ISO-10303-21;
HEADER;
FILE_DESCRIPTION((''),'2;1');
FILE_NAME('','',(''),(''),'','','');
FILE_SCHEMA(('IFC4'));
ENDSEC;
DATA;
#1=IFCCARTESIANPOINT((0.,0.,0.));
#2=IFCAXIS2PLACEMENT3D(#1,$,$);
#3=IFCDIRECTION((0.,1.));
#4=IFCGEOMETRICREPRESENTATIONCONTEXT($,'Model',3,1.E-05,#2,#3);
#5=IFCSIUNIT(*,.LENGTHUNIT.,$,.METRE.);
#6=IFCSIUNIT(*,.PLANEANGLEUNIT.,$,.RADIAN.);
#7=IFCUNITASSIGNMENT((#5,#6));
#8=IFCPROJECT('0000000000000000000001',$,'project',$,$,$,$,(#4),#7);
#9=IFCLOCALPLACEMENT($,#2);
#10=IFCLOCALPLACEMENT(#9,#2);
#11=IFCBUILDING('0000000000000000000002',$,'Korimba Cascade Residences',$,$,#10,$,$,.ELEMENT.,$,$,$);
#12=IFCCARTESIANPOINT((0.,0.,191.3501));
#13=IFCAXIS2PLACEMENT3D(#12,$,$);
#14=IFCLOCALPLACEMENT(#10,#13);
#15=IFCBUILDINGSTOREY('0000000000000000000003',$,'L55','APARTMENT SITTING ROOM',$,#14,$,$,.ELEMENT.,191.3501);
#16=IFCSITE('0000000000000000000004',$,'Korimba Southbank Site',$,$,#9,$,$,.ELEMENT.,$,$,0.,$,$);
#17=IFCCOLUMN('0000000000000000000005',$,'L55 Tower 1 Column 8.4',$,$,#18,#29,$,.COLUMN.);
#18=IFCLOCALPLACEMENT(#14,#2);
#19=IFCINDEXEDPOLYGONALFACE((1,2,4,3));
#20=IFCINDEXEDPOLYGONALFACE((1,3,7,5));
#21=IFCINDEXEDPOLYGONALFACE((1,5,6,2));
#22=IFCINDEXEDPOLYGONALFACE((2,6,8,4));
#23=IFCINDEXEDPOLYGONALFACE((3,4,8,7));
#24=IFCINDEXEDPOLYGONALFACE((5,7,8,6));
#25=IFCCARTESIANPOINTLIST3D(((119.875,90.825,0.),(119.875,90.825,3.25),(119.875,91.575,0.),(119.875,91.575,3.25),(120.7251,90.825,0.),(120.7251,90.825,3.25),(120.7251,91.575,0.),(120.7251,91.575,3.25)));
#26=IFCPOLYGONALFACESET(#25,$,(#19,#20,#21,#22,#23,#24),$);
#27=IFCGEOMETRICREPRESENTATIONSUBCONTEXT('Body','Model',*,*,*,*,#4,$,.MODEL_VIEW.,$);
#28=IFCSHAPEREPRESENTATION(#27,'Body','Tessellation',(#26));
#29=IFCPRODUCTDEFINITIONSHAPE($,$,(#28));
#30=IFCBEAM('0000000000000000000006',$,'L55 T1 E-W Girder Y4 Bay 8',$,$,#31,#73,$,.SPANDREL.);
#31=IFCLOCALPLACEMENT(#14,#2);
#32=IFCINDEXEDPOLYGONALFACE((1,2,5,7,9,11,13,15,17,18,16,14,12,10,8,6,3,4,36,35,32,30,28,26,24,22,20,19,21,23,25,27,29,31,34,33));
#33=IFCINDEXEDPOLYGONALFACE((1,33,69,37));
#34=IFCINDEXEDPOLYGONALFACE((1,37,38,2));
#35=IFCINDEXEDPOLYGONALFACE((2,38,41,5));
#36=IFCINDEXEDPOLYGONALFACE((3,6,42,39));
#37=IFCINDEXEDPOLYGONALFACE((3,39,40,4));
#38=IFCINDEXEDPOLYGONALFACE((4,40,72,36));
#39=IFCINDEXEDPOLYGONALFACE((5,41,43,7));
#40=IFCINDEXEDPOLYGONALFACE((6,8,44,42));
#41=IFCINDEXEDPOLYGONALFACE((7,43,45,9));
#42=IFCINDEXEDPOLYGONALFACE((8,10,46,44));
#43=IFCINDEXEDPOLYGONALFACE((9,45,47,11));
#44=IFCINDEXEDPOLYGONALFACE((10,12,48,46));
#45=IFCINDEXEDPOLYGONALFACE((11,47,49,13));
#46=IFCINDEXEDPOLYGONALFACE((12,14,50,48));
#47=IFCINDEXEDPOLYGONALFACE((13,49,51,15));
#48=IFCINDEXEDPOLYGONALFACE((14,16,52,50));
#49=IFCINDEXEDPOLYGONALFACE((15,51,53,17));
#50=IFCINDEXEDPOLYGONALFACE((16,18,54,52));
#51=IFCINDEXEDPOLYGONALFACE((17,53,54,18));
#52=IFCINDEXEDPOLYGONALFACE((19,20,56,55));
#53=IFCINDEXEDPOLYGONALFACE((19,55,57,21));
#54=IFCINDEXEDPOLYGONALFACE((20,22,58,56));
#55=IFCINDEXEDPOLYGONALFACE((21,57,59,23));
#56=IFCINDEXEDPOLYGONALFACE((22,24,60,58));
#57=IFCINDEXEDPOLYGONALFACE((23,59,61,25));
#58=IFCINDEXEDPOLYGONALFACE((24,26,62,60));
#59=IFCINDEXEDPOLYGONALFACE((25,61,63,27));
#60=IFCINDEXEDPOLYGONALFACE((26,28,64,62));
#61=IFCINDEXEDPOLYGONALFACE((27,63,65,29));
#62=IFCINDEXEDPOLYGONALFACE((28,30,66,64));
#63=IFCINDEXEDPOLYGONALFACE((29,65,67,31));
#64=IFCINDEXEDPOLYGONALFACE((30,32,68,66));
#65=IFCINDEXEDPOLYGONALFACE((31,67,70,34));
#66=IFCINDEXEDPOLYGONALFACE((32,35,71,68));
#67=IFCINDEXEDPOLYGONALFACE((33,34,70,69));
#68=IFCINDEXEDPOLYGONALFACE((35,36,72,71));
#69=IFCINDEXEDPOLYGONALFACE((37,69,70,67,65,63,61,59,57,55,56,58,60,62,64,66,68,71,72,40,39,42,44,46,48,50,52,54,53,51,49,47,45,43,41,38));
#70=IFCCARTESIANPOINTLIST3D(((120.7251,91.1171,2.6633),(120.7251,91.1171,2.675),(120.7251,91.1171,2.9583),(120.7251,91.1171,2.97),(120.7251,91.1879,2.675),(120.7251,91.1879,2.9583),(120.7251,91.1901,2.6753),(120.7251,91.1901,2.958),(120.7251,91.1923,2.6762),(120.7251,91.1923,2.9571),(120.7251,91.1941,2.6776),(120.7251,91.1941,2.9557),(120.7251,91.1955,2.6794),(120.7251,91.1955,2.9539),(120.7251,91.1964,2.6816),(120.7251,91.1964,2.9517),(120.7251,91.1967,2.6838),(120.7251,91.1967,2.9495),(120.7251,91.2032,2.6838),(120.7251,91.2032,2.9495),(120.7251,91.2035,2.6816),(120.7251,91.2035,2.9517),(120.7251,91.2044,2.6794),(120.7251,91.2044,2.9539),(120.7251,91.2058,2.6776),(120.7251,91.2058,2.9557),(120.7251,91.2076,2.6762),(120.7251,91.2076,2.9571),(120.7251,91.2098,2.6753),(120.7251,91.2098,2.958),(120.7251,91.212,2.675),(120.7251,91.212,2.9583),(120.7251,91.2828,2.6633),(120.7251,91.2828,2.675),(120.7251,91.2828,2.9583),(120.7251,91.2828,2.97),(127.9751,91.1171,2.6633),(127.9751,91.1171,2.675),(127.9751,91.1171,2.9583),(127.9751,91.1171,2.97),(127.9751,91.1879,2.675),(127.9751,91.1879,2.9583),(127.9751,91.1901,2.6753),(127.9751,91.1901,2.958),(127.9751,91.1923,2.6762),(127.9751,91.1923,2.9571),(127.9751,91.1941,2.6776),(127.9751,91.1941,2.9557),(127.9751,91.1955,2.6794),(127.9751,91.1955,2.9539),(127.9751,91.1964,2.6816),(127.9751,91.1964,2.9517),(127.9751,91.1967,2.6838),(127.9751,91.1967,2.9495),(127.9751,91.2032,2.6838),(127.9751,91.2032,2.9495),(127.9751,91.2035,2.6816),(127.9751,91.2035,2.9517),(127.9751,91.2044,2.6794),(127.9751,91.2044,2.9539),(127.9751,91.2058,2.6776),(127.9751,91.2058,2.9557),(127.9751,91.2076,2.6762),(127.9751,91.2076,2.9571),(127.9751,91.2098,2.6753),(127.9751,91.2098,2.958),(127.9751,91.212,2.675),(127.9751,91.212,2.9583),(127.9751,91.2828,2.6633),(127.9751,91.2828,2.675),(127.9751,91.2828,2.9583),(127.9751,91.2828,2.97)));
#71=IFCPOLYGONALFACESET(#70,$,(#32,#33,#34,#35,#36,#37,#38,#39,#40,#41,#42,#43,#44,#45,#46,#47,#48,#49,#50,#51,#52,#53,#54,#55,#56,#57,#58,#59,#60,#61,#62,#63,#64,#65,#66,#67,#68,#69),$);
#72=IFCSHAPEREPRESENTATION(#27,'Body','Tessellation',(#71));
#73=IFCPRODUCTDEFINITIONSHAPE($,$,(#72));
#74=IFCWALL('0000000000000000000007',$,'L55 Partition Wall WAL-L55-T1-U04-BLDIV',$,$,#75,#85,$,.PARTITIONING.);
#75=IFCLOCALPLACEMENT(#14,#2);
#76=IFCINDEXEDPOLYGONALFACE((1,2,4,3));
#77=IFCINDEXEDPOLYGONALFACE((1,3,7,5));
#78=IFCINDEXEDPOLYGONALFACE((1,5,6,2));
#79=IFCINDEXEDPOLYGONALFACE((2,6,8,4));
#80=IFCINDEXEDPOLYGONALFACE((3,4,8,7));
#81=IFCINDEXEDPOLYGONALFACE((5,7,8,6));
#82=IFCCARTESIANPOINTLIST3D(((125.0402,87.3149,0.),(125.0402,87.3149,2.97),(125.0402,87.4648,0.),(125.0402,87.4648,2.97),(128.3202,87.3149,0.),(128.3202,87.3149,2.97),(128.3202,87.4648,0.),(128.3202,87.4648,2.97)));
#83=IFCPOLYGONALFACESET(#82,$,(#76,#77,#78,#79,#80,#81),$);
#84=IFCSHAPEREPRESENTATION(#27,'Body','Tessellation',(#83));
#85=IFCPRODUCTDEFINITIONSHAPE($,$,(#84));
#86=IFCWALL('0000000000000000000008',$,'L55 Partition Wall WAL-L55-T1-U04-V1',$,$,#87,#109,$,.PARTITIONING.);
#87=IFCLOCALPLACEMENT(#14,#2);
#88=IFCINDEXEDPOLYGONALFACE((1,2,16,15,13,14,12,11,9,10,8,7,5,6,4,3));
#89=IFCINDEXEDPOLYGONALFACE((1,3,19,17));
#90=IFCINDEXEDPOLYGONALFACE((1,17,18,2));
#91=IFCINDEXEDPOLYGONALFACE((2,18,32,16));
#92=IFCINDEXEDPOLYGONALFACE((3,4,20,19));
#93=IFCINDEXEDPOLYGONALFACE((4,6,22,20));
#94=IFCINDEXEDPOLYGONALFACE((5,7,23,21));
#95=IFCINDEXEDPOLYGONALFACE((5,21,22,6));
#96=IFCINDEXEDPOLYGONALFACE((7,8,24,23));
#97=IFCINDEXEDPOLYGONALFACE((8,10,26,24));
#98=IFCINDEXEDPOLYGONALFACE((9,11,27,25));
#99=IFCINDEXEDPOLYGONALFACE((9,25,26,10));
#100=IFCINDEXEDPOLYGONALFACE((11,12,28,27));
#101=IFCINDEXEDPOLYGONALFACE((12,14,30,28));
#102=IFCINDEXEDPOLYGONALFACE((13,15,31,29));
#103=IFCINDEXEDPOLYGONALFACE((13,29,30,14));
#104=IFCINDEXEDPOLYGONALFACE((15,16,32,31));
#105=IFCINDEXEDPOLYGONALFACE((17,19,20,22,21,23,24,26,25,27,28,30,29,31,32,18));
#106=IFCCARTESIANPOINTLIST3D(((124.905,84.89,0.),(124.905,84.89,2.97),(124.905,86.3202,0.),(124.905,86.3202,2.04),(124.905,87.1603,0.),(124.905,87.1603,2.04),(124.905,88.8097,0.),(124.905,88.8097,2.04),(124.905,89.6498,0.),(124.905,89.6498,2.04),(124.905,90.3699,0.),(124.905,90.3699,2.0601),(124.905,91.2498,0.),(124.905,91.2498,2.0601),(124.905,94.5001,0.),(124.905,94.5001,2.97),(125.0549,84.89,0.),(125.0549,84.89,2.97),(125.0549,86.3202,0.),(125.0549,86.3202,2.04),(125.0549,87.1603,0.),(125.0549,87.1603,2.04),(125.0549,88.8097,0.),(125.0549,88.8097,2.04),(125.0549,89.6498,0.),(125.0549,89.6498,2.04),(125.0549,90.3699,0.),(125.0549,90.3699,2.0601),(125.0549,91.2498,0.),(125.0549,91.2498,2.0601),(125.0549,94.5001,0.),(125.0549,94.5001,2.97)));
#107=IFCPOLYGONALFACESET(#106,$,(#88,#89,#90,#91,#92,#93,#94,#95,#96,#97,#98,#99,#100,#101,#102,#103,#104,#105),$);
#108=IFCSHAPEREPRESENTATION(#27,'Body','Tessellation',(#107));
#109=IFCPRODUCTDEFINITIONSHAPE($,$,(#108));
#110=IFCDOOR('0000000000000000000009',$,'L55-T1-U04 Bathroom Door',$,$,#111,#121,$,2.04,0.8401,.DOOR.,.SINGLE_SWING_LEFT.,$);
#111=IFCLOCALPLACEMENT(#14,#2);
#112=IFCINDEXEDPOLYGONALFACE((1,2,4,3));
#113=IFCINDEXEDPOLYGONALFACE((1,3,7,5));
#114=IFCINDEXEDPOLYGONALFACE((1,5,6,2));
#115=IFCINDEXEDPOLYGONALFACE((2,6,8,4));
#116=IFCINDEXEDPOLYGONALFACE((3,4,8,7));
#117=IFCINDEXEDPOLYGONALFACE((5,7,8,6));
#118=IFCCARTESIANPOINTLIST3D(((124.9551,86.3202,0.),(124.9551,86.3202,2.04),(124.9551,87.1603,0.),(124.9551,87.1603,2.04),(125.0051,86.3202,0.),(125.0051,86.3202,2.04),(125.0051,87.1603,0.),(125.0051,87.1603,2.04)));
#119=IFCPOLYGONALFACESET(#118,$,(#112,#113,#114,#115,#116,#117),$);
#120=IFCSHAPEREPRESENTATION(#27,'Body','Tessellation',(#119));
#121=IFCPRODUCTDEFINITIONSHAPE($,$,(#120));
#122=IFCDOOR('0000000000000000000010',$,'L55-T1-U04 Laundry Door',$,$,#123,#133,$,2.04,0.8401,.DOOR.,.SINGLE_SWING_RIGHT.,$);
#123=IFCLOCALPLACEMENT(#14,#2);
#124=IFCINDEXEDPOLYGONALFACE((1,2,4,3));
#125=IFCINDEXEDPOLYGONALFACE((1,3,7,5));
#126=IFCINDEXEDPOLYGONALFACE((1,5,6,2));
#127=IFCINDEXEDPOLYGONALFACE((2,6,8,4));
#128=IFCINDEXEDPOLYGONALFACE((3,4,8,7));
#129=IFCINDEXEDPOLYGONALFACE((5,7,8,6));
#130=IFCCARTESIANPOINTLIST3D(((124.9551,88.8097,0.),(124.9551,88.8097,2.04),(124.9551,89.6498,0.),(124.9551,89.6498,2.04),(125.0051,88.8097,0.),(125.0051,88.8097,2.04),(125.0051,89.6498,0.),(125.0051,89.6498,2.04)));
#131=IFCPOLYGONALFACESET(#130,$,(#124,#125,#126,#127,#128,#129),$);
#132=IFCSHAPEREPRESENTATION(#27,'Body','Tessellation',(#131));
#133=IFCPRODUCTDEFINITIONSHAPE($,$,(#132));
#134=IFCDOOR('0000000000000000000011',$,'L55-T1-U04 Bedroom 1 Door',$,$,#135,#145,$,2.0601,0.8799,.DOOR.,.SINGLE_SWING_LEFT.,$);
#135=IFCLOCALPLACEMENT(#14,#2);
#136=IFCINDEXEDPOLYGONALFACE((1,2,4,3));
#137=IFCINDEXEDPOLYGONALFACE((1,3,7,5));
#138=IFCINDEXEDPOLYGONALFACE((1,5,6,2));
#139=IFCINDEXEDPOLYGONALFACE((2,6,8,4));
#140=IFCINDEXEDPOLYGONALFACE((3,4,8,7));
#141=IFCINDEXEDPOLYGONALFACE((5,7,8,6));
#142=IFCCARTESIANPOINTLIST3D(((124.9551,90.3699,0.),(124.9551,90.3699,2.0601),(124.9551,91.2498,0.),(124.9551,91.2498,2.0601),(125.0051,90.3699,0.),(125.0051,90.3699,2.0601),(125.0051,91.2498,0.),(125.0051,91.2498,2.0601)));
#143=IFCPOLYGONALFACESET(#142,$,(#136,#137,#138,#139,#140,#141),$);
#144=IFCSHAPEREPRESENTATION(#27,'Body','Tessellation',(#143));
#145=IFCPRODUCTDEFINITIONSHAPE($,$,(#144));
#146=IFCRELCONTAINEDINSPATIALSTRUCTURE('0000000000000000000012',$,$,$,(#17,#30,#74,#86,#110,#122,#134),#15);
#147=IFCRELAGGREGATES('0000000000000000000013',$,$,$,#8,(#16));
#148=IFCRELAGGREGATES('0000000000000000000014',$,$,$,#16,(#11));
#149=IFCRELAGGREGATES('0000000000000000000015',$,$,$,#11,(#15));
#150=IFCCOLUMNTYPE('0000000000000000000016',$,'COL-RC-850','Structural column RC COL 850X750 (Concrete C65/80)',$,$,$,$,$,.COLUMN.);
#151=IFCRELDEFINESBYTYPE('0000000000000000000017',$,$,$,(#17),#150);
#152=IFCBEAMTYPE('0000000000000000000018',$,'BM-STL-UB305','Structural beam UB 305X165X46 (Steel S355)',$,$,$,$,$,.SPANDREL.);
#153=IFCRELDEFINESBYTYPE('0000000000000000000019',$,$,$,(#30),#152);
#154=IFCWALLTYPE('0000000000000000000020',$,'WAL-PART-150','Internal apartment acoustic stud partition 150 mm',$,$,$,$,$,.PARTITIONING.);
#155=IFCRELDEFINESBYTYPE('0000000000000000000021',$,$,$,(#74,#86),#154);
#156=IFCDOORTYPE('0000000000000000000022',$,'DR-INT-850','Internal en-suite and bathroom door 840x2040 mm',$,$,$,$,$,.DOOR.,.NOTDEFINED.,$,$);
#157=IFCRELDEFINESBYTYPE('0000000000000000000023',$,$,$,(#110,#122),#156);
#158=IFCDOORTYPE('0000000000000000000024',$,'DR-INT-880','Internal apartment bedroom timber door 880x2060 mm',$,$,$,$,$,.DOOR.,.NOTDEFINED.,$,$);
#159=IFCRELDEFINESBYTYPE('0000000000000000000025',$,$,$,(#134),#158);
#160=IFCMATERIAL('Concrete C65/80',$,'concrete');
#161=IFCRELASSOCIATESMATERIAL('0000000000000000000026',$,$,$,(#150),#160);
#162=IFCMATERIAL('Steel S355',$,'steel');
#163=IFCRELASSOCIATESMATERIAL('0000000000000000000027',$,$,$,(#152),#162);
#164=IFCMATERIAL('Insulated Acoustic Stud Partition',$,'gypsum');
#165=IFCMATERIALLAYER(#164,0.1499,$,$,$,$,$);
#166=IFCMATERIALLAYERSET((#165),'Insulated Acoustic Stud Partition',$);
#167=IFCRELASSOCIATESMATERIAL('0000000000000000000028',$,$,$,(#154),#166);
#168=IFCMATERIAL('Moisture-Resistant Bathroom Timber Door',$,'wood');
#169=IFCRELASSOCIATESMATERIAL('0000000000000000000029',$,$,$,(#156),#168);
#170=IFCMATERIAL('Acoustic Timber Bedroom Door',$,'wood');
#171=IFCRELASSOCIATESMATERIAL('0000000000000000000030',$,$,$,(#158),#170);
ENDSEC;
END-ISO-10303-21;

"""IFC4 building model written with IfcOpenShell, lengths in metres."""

from ifc_helpers import new_model, si_unit, direction, frame, frame_2d, origin, origin_2d, place, context, subcontext, project, spatial, rectangle, i_section, extrude, material, layer, layer_set, material_profile, profile_set, type_object, element, fill, save


model = new_model("IFC4")

# Units and contexts
model_context = context("Model", 3, precision=1e-05, world=origin(), true_north=direction((0.0, 1.0)))
body_context = subcontext(model_context, "Body", "Model", "MODEL_VIEW")
ifc_project = project(units=[si_unit("LENGTHUNIT", "METRE"), si_unit("PLANEANGLEUNIT", "RADIAN")], contexts=[model_context])

# Site, building, storey
site_placement = place(None, origin())
site = spatial("IfcSite", under=ifc_project, at=site_placement, Name="Korimba Southbank Site", CompositionType="ELEMENT", RefElevation=0.0)
building_placement = place(site_placement, origin())
building = spatial("IfcBuilding", under=site, at=building_placement, Name="Korimba Cascade Residences", CompositionType="ELEMENT")
storey_placement = place(building_placement, frame((0.0, 0.0, 191.3501)))
storey = spatial("IfcBuildingStorey", under=building, at=storey_placement, Name="L55", Description="APARTMENT SITTING ROOM", CompositionType="ELEMENT", Elevation=191.3501)

# Column
ifc_material_1 = material(Name="Concrete C65/80", Category="concrete")
ifc_material_profile_1 = material_profile(ifc_material_1, rectangle(XDim=0.8501, YDim=0.75, at=origin_2d()), Name="Concrete C65/80")
ifc_profile_set_1 = profile_set([ifc_material_profile_1], Name="Concrete C65/80")
column_type = type_object("IfcColumnType", Name="COL-RC-850", Description="Structural column RC COL 850X750 (Concrete C65/80)", PredefinedType="COLUMN", material=ifc_profile_set_1)
column_placement = place(storey_placement, frame((120.3, 91.2, 0.0), z_axis=(0.0, 0.0, 1.0), x_axis=(1.0, 0.0, 0.0)))
element("IfcColumn", 1, at=column_placement, inside=storey, type_object=column_type, Name="L55 Tower 1 Column 8.4", PredefinedType="COLUMN", context=body_context, shape_type="SweptSolid", body=[
    extrude(rectangle(XDim=0.8501, YDim=0.75, at=origin_2d()), origin(), (0.0, 0.0, 1.0), 3.25),
])

# Beam
ifc_material_2 = material(Name="Steel S355", Category="steel")
ifc_material_profile_2 = material_profile(ifc_material_2, i_section(OverallWidth=0.1658, OverallDepth=0.3066, WebThickness=0.0066, FlangeThickness=0.0117, FilletRadius=0.0088, at=origin_2d()), Name="Steel S355")
ifc_profile_set_2 = profile_set([ifc_material_profile_2], Name="Steel S355")
beam_type = type_object("IfcBeamType", Name="BM-STL-UB305", Description="Structural beam UB 305X165X46 (Steel S355)", PredefinedType="SPANDREL", material=ifc_profile_set_2)
beam_placement = place(storey_placement, frame((120.7251, 91.2, 2.8167), z_axis=(1.0, 0.0, 0.0), x_axis=(0.0, 1.0, 0.0)))
element("IfcBeam", 2, at=beam_placement, inside=storey, type_object=beam_type, Name="L55 T1 E-W Girder Y4 Bay 8", PredefinedType="SPANDREL", context=body_context, shape_type="SweptSolid", body=[
    extrude(i_section(OverallWidth=0.1658, OverallDepth=0.3066, WebThickness=0.0066, FlangeThickness=0.0117, FilletRadius=0.0088, at=origin_2d()), origin(), (0.0, 0.0, 1.0), 7.25),
])

# Wall
ifc_material_3 = material(Name="Insulated Acoustic Stud Partition", Category="gypsum")
ifc_layer = layer(ifc_material_3, 0.1499)
ifc_layer_set = layer_set([ifc_layer], Name="Insulated Acoustic Stud Partition")
wall_type = type_object("IfcWallType", Name="WAL-PART-150", Description="Internal apartment acoustic stud partition 150 mm", PredefinedType="PARTITIONING", material=ifc_layer_set)
wall_1_placement = place(storey_placement, frame((125.04, 87.3899, 0.0), z_axis=(0.0, 0.0, 1.0), x_axis=(1.0, 0.0, 0.0)))
element("IfcWall", 3, at=wall_1_placement, inside=storey, type_object=wall_type, Name="L55 Partition Wall WAL-L55-T1-U04-BLDIV", PredefinedType="PARTITIONING", context=body_context, shape_type="SweptSolid", body=[
    extrude(rectangle(XDim=3.28, YDim=0.1499, at=frame_2d((1.6401, 0.0))), origin(), (0.0, 0.0, 1.0), 2.97),
])

# Wall, openings, doors
wall_2_placement = place(storey_placement, frame((124.98, 84.8899, 0.0), z_axis=(0.0, 0.0, 1.0), x_axis=(0.0, 1.0, 0.0)))
wall_2 = element("IfcWall", 4, at=wall_2_placement, inside=storey, type_object=wall_type, Name="L55 Partition Wall WAL-L55-T1-U04-V1", PredefinedType="PARTITIONING", context=body_context, shape_type="SweptSolid", body=[
    extrude(rectangle(XDim=9.6101, YDim=0.1499, at=frame_2d((4.8052, 0.0))), origin(), (0.0, 0.0, 1.0), 2.97),
])
opening_1_placement = place(wall_2_placement, frame((1.4304, 0.0, 0.0)))
opening_1 = element("IfcOpeningElement", 5, at=opening_1_placement, cuts=wall_2, PredefinedType="OPENING", context=body_context, shape_type="SweptSolid", body=[
    extrude(rectangle(XDim=0.8401, YDim=2.04, at=frame_2d((0.4199, 1.02))), frame((0.0, 0.085, 0.0), z_axis=(0.0, -1.0, 0.0), x_axis=(1.0, 0.0, 0.0)), (0.0, 0.0, 1.0), 0.1699),
])
opening_2_placement = place(wall_2_placement, frame((3.9199, 0.0, 0.0)))
opening_2 = element("IfcOpeningElement", 6, at=opening_2_placement, cuts=wall_2, PredefinedType="OPENING", context=body_context, shape_type="SweptSolid", body=[
    extrude(rectangle(XDim=0.8401, YDim=2.04, at=frame_2d((0.4199, 1.02))), frame((0.0, 0.085, 0.0), z_axis=(0.0, -1.0, 0.0), x_axis=(1.0, 0.0, 0.0)), (0.0, 0.0, 1.0), 0.1699),
])
opening_3_placement = place(wall_2_placement, frame((5.48, 0.0, 0.0)))
opening_3 = element("IfcOpeningElement", 7, at=opening_3_placement, cuts=wall_2, PredefinedType="OPENING", context=body_context, shape_type="SweptSolid", body=[
    extrude(rectangle(XDim=0.8799, YDim=2.0601, at=frame_2d((0.4399, 1.03))), frame((0.0, 0.085, 0.0), z_axis=(0.0, -1.0, 0.0), x_axis=(1.0, 0.0, 0.0)), (0.0, 0.0, 1.0), 0.1699),
])
ifc_material_4 = material(Name="Moisture-Resistant Bathroom Timber Door", Category="wood")
door_type_1 = type_object("IfcDoorType", Name="DR-INT-850", Description="Internal en-suite and bathroom door 840x2040 mm", OperationType="NOTDEFINED", PredefinedType="DOOR", material=ifc_material_4)
door_1_placement = place(opening_1_placement, origin())
door_1 = element("IfcDoor", 8, at=door_1_placement, inside=storey, type_object=door_type_1, Name="L55-T1-U04 Bathroom Door", OperationType="SINGLE_SWING_LEFT", OverallHeight=2.04, OverallWidth=0.8401, PredefinedType="DOOR", context=body_context, shape_type="SweptSolid", body=[
    extrude(rectangle(XDim=0.8401, YDim=2.04, at=frame_2d((0.4199, 1.02))), frame((0.0, 0.0249, 0.0), z_axis=(0.0, -1.0, 0.0), x_axis=(1.0, 0.0, 0.0)), (0.0, 0.0, 1.0), 0.05),
])
fill(opening_1, door_1)
door_2_placement = place(opening_2_placement, origin())
door_2 = element("IfcDoor", 9, at=door_2_placement, inside=storey, type_object=door_type_1, Name="L55-T1-U04 Laundry Door", OperationType="SINGLE_SWING_RIGHT", OverallHeight=2.04, OverallWidth=0.8401, PredefinedType="DOOR", context=body_context, shape_type="SweptSolid", body=[
    extrude(rectangle(XDim=0.8401, YDim=2.04, at=frame_2d((0.4199, 1.02))), frame((0.0, 0.0249, 0.0), z_axis=(0.0, -1.0, 0.0), x_axis=(1.0, 0.0, 0.0)), (0.0, 0.0, 1.0), 0.05),
])
fill(opening_2, door_2)
ifc_material_5 = material(Name="Acoustic Timber Bedroom Door", Category="wood")
door_type_2 = type_object("IfcDoorType", Name="DR-INT-880", Description="Internal apartment bedroom timber door 880x2060 mm", OperationType="NOTDEFINED", PredefinedType="DOOR", material=ifc_material_5)
door_3_placement = place(opening_3_placement, origin())
door_3 = element("IfcDoor", 10, at=door_3_placement, inside=storey, type_object=door_type_2, Name="L55-T1-U04 Bedroom 1 Door", OperationType="SINGLE_SWING_LEFT", OverallHeight=2.0601, OverallWidth=0.8799, PredefinedType="DOOR", context=body_context, shape_type="SweptSolid", body=[
    extrude(rectangle(XDim=0.8799, YDim=2.0601, at=frame_2d((0.4399, 1.03))), frame((0.0, 0.0249, 0.0), z_axis=(0.0, -1.0, 0.0), x_axis=(1.0, 0.0, 0.0)), (0.0, 0.0, 1.0), 0.05),
])
fill(opening_3, door_3)

save(model, "model.ifc")
